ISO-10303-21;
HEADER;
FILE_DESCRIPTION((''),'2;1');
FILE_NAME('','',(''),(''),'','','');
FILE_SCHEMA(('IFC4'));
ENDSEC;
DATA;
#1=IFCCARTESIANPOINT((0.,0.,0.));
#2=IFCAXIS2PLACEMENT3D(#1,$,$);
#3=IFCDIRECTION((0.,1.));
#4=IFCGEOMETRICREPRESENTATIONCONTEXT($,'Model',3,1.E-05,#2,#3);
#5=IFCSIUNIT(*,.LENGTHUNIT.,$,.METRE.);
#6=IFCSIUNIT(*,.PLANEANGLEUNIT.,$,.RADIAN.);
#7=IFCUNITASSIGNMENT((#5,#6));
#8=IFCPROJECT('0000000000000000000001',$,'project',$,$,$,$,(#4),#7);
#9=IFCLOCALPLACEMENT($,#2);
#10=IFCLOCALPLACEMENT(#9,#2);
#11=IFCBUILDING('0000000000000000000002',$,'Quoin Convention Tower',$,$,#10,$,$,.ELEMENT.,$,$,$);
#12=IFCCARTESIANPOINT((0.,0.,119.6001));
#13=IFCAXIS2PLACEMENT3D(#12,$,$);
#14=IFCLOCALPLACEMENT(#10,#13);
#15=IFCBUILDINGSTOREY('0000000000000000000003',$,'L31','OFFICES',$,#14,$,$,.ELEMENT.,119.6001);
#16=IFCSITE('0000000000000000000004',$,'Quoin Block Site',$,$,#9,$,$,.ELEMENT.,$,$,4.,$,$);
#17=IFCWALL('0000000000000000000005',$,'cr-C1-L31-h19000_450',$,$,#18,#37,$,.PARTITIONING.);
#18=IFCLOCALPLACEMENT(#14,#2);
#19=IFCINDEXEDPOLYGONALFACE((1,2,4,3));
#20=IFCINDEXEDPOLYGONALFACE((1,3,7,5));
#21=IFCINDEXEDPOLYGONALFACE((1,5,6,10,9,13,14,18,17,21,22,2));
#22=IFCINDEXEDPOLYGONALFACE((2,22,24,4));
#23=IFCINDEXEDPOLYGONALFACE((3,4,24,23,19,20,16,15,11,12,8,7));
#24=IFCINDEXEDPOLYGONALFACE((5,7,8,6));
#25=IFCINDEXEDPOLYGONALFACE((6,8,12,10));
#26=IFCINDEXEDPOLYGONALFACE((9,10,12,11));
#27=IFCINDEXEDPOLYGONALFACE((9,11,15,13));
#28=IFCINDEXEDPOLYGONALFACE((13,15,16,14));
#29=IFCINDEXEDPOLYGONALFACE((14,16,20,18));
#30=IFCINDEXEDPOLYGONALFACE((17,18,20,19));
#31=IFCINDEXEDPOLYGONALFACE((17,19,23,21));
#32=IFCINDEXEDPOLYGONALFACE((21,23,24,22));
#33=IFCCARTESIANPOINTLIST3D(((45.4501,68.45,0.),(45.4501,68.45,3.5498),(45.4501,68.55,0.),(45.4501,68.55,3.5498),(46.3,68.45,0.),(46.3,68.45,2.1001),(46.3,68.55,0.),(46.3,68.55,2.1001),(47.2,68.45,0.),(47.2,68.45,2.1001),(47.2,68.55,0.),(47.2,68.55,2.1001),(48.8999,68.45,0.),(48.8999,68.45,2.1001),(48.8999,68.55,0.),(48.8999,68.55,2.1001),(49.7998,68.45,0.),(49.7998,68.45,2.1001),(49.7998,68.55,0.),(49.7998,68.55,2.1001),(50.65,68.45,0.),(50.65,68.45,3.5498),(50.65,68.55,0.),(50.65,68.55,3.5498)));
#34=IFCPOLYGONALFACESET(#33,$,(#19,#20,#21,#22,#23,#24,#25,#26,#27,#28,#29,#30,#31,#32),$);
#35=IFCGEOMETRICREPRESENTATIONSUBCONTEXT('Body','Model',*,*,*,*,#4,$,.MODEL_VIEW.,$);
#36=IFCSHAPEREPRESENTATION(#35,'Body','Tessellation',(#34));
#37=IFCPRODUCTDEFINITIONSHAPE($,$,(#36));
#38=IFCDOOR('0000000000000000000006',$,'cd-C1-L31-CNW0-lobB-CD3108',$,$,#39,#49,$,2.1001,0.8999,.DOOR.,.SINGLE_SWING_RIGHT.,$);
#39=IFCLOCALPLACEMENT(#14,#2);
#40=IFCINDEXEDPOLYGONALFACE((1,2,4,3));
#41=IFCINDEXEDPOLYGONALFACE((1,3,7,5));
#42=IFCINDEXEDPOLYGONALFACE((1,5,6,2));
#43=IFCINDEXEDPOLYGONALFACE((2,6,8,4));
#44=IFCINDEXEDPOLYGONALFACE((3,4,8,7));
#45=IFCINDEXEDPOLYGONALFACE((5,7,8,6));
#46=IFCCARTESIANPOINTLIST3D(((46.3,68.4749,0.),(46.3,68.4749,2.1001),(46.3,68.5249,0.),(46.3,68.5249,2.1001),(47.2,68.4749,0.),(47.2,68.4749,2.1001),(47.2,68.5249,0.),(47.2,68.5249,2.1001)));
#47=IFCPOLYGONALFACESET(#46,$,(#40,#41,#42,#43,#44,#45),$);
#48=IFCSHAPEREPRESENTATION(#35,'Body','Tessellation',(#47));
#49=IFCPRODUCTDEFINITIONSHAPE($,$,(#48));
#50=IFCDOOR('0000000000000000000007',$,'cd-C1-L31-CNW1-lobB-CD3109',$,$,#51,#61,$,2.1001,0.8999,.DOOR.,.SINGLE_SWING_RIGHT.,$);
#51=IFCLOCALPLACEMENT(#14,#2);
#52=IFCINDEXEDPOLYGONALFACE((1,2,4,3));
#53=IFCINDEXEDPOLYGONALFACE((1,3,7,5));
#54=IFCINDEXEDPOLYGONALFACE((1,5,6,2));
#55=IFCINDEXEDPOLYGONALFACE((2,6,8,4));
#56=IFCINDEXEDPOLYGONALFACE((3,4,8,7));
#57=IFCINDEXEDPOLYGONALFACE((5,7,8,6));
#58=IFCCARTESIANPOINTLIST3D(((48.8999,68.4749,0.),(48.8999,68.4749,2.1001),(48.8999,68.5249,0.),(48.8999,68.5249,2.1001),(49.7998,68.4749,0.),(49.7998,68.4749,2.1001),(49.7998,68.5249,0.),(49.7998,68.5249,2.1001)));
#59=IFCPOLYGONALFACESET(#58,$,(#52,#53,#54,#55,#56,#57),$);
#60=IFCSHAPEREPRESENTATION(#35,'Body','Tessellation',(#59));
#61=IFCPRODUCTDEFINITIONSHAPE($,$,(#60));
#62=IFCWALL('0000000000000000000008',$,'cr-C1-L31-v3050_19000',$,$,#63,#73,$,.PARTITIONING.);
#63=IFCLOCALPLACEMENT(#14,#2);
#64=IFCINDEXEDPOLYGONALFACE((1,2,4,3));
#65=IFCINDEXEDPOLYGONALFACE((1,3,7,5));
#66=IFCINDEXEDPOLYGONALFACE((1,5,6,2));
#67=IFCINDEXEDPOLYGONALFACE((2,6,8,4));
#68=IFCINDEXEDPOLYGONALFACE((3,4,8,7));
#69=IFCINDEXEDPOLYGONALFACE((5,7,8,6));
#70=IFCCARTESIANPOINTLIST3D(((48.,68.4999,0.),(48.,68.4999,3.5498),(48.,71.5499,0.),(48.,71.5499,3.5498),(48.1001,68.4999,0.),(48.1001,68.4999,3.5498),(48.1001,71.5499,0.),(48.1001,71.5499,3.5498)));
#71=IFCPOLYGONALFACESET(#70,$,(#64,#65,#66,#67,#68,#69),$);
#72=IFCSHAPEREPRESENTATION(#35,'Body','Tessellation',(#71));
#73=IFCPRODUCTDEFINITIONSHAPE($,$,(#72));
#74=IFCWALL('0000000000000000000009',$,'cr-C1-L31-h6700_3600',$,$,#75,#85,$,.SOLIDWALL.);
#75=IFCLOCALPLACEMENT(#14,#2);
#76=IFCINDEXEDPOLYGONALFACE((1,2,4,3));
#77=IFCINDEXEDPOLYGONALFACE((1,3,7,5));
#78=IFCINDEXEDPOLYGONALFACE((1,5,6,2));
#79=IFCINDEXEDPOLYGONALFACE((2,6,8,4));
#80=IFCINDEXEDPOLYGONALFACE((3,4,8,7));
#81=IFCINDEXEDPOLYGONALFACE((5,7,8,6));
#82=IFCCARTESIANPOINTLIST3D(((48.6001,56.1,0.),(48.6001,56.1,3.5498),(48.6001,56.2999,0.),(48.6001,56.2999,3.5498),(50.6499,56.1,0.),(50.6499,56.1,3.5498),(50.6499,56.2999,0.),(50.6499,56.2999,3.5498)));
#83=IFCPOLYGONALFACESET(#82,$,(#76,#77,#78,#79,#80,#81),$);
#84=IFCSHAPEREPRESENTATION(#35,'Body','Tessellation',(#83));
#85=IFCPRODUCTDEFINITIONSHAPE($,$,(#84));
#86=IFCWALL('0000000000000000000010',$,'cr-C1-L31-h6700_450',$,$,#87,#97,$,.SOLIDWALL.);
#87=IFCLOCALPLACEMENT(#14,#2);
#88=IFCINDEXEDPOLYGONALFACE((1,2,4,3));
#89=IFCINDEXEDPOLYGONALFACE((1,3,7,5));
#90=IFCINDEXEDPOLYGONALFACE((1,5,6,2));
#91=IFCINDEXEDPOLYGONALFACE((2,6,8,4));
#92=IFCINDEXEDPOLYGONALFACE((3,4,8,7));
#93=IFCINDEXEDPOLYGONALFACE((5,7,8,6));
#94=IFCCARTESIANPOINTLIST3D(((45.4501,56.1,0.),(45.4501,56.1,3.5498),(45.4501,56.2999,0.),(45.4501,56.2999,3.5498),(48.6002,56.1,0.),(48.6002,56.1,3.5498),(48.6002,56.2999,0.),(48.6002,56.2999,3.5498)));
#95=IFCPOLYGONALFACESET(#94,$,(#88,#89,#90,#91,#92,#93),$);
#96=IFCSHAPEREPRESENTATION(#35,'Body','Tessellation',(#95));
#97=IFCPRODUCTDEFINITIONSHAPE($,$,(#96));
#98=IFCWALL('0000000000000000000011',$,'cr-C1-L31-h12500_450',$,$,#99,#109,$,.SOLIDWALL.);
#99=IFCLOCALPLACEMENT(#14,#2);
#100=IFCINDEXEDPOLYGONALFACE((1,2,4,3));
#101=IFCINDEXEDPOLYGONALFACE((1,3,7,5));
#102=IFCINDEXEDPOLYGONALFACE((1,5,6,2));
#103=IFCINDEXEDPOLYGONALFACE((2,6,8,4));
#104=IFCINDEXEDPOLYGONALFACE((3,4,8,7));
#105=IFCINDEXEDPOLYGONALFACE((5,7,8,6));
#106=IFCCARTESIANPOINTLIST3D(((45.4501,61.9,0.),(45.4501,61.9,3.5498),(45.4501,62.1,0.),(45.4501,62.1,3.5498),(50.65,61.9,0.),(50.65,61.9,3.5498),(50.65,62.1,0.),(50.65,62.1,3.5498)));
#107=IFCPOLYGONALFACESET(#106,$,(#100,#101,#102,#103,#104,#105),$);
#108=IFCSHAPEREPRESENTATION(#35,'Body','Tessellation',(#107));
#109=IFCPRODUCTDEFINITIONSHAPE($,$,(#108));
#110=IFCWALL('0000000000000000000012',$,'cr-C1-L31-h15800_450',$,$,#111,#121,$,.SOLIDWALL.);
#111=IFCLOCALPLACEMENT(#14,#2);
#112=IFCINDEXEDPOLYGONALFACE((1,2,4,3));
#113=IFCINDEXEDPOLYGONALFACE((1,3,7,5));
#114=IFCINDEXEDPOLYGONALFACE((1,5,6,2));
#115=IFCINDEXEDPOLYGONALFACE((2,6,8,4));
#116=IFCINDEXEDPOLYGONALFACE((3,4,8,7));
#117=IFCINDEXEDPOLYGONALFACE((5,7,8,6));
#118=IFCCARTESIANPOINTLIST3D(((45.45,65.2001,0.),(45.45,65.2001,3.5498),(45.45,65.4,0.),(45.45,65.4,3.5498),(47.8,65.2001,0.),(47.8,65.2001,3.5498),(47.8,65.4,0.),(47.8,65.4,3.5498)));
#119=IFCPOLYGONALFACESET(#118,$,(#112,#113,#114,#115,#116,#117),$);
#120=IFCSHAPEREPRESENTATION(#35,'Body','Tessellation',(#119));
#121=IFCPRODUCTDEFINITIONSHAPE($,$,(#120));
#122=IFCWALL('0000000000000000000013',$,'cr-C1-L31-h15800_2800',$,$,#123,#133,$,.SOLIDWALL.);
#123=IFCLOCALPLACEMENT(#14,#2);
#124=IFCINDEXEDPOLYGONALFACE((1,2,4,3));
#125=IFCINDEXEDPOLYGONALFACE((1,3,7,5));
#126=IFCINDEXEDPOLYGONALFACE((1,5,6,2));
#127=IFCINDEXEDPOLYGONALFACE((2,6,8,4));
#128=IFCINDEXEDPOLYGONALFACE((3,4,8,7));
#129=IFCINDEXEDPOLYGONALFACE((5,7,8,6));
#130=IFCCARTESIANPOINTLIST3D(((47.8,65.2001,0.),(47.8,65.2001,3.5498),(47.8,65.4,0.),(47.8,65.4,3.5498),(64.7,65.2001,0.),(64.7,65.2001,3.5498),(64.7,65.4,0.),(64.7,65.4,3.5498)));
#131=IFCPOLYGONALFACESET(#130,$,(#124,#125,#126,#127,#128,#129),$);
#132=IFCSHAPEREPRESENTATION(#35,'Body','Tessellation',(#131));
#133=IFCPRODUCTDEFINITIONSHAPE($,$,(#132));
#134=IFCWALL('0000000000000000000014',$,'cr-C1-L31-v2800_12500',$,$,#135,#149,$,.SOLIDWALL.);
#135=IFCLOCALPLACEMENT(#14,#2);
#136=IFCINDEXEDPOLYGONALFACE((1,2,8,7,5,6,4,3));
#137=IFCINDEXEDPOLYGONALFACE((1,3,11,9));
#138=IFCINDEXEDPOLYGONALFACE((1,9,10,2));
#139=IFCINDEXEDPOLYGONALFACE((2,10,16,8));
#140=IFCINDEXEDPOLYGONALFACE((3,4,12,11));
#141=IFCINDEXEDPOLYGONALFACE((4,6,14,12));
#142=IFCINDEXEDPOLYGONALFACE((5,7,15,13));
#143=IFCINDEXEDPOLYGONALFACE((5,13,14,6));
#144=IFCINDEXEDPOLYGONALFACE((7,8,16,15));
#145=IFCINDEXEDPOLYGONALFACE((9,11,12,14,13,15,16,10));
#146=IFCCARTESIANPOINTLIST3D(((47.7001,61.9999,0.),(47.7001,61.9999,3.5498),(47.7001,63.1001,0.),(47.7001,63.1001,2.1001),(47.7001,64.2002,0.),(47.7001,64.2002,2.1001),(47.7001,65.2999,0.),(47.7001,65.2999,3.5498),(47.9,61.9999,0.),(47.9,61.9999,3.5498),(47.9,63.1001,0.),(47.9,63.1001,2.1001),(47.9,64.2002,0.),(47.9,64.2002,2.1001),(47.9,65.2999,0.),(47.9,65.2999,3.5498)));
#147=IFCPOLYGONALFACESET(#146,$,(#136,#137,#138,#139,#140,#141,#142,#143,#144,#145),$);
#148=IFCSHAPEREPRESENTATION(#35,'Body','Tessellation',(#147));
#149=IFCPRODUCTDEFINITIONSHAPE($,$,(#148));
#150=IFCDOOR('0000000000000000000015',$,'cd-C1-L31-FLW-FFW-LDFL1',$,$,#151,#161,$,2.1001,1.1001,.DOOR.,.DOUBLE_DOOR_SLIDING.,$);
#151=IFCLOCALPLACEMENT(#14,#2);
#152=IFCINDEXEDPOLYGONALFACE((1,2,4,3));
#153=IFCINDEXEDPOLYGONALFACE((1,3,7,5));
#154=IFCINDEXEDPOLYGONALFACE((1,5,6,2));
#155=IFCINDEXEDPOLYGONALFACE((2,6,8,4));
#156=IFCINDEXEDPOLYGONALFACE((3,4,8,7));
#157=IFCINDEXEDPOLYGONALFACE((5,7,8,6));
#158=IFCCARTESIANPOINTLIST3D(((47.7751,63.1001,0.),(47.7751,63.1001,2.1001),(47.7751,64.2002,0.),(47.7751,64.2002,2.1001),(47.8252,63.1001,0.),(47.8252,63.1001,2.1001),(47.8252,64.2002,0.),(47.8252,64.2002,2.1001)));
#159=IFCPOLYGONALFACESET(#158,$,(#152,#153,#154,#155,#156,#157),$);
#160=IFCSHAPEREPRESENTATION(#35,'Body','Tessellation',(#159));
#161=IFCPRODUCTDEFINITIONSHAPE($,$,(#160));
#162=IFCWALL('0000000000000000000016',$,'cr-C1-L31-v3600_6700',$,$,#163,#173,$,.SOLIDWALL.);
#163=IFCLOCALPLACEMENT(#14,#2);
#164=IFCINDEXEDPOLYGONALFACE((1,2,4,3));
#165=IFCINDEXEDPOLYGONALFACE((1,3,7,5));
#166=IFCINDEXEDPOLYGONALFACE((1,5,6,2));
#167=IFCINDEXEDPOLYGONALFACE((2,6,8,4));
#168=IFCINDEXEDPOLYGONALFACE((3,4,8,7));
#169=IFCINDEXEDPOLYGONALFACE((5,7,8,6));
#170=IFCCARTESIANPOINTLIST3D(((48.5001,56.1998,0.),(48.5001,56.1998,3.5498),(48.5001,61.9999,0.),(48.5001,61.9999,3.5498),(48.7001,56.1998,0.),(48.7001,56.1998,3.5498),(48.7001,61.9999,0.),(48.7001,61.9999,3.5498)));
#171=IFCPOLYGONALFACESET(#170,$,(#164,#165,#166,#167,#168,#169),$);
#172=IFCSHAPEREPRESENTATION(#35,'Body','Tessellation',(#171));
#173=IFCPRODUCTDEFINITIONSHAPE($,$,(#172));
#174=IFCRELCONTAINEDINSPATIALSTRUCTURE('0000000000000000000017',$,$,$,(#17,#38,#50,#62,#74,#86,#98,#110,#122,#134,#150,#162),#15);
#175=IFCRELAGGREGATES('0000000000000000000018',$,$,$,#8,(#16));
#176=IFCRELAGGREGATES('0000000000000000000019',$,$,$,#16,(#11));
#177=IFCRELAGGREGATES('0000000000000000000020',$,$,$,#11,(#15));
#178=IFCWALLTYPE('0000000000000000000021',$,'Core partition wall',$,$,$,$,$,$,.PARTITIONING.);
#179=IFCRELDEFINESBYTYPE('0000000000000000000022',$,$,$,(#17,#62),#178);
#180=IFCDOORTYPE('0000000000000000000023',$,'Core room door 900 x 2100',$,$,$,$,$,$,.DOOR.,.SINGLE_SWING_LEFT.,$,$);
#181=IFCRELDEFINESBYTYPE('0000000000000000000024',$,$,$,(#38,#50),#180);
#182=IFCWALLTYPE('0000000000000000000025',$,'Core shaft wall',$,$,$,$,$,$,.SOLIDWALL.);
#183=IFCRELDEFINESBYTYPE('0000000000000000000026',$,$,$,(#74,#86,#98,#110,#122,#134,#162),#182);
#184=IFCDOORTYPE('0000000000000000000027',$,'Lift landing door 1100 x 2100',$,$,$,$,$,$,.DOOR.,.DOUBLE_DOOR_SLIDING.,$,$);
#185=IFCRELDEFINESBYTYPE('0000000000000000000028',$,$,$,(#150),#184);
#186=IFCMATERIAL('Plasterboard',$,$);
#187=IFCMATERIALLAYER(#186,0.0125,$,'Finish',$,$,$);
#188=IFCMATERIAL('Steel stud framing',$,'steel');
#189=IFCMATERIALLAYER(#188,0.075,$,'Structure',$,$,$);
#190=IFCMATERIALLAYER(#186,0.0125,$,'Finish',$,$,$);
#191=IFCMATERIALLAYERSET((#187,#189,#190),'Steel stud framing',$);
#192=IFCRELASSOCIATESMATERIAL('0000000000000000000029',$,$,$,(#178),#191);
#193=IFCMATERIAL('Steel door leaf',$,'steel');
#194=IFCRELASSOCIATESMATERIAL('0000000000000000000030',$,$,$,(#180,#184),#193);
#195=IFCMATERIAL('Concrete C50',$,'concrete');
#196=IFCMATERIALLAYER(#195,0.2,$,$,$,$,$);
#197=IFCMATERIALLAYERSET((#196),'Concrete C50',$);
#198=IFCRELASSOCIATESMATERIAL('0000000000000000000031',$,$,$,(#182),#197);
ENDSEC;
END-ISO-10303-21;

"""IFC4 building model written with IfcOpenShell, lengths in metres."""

from ifc_helpers import new_model, si_unit, direction, frame, frame_2d, origin, place, context, subcontext, project, spatial, rectangle, extrude, material, layer, layer_set, type_object, element, fill, save


model = new_model("IFC4")

# Units and contexts
model_context = context("Model", 3, precision=1e-05, world=origin(), true_north=direction((0.0, 1.0)))
body_context = subcontext(model_context, "Body", "Model", "MODEL_VIEW")
ifc_project = project(units=[si_unit("LENGTHUNIT", "METRE"), si_unit("PLANEANGLEUNIT", "RADIAN")], contexts=[model_context])

# Site, building, storey
site_placement = place(None, origin())
site = spatial("IfcSite", under=ifc_project, at=site_placement, Name="Quoin Block Site", CompositionType="ELEMENT", RefElevation=4.0)
building_placement = place(site_placement, origin())
building = spatial("IfcBuilding", under=site, at=building_placement, Name="Quoin Convention Tower", CompositionType="ELEMENT")
storey_placement = place(building_placement, frame((0.0, 0.0, 119.6001)))
storey = spatial("IfcBuildingStorey", under=building, at=storey_placement, Name="L31", Description="OFFICES", CompositionType="ELEMENT", Elevation=119.6001)

# Shared definitions
ifc_material_1 = material(Name="Plasterboard")
ifc_material_2 = material(Name="Steel stud framing", Category="steel")

# Wall, openings, doors
ifc_layer_1 = layer(ifc_material_1, 0.0125, Name="Finish")
ifc_layer_2 = layer(ifc_material_2, 0.075, Name="Structure")
ifc_layer_3 = layer(ifc_material_1, 0.0125, Name="Finish")
ifc_layer_set_1 = layer_set([ifc_layer_1, ifc_layer_2, ifc_layer_3], Name="Steel stud framing")
wall_type_1 = type_object("IfcWallType", Name="Core partition wall", PredefinedType="PARTITIONING", material=ifc_layer_set_1)
ifc_material_3 = material(Name="Steel door leaf", Category="steel")
door_type_1 = type_object("IfcDoorType", Name="Core room door 900 x 2100", OperationType="SINGLE_SWING_LEFT", PredefinedType="DOOR", material=ifc_material_3)
wall_1_placement = place(storey_placement, frame((45.45, 68.5, 0.0), z_axis=(0.0, 0.0, 1.0), x_axis=(1.0, 0.0, 0.0)))
wall_1 = element("IfcWall", 1, at=wall_1_placement, inside=storey, type_object=wall_type_1, Name="cr-C1-L31-h19000_450", PredefinedType="PARTITIONING", context=body_context, shape_type="SweptSolid", body=[
    extrude(rectangle(XDim=5.2, YDim=0.1001, at=frame_2d((2.6001, 0.0))), origin(), (0.0, 0.0, 1.0), 3.5498),
])
opening_1_placement = place(wall_1_placement, frame((0.8501, 0.0, 0.0)))
opening_1 = element("IfcOpeningElement", 2, at=opening_1_placement, cuts=wall_1, PredefinedType="OPENING", context=body_context, shape_type="SweptSolid", body=[
    extrude(rectangle(XDim=0.8999, YDim=2.1001, at=frame_2d((0.45, 1.05))), frame((0.0, 0.0601, 0.0), z_axis=(0.0, -1.0, 0.0), x_axis=(1.0, 0.0, 0.0)), (0.0, 0.0, 1.0), 0.1201),
])
opening_2_placement = place(wall_1_placement, frame((3.45, 0.0, 0.0)))
opening_2 = element("IfcOpeningElement", 3, at=opening_2_placement, cuts=wall_1, PredefinedType="OPENING", context=body_context, shape_type="SweptSolid", body=[
    extrude(rectangle(XDim=0.8999, YDim=2.1001, at=frame_2d((0.45, 1.05))), frame((0.0, 0.0601, 0.0), z_axis=(0.0, -1.0, 0.0), x_axis=(1.0, 0.0, 0.0)), (0.0, 0.0, 1.0), 0.1201),
])
door_1_placement = place(opening_1_placement, origin())
door_1 = element("IfcDoor", 4, at=door_1_placement, inside=storey, type_object=door_type_1, Name="cd-C1-L31-CNW0-lobB-CD3108", OperationType="SINGLE_SWING_RIGHT", OverallHeight=2.1001, OverallWidth=0.8999, PredefinedType="DOOR", context=body_context, shape_type="SweptSolid", body=[
    extrude(rectangle(XDim=0.8999, YDim=2.1001, at=frame_2d((0.45, 1.05))), frame((0.0, 0.0249, 0.0), z_axis=(0.0, -1.0, 0.0), x_axis=(1.0, 0.0, 0.0)), (0.0, 0.0, 1.0), 0.05),
])
fill(opening_1, door_1)
door_2_placement = place(opening_2_placement, origin())
door_2 = element("IfcDoor", 5, at=door_2_placement, inside=storey, type_object=door_type_1, Name="cd-C1-L31-CNW1-lobB-CD3109", OperationType="SINGLE_SWING_RIGHT", OverallHeight=2.1001, OverallWidth=0.8999, PredefinedType="DOOR", context=body_context, shape_type="SweptSolid", body=[
    extrude(rectangle(XDim=0.8999, YDim=2.1001, at=frame_2d((0.45, 1.05))), frame((0.0, 0.0249, 0.0), z_axis=(0.0, -1.0, 0.0), x_axis=(1.0, 0.0, 0.0)), (0.0, 0.0, 1.0), 0.05),
])
fill(opening_2, door_2)

# Walls
wall_2_placement = place(storey_placement, frame((48.05, 68.5, 0.0), z_axis=(0.0, 0.0, 1.0), x_axis=(0.0, 1.0, 0.0)))
element("IfcWall", 6, at=wall_2_placement, inside=storey, type_object=wall_type_1, Name="cr-C1-L31-v3050_19000", PredefinedType="PARTITIONING", context=body_context, shape_type="SweptSolid", body=[
    extrude(rectangle(XDim=3.05, YDim=0.1001, at=frame_2d((1.5249, 0.0))), origin(), (0.0, 0.0, 1.0), 3.5498),
])
ifc_material_4 = material(Name="Concrete C50", Category="concrete")
ifc_layer_4 = layer(ifc_material_4, 0.2)
ifc_layer_set_2 = layer_set([ifc_layer_4], Name="Concrete C50")
wall_type_2 = type_object("IfcWallType", Name="Core shaft wall", PredefinedType="SOLIDWALL", material=ifc_layer_set_2)
wall_3_placement = place(storey_placement, frame((48.6001, 56.2, 0.0), z_axis=(0.0, 0.0, 1.0), x_axis=(1.0, 0.0, 0.0)))
element("IfcWall", 7, at=wall_3_placement, inside=storey, type_object=wall_type_2, Name="cr-C1-L31-h6700_3600", PredefinedType="SOLIDWALL", context=body_context, shape_type="SweptSolid", body=[
    extrude(rectangle(XDim=2.0498, YDim=0.2, at=frame_2d((1.0249, 0.0))), origin(), (0.0, 0.0, 1.0), 3.5498),
])
wall_4_placement = place(storey_placement, frame((45.45, 56.2, 0.0), z_axis=(0.0, 0.0, 1.0), x_axis=(1.0, 0.0, 0.0)))
element("IfcWall", 8, at=wall_4_placement, inside=storey, type_object=wall_type_2, Name="cr-C1-L31-h6700_450", PredefinedType="SOLIDWALL", context=body_context, shape_type="SweptSolid", body=[
    extrude(rectangle(XDim=3.1501, YDim=0.2, at=frame_2d((1.5752, 0.0))), origin(), (0.0, 0.0, 1.0), 3.5498),
])
wall_5_placement = place(storey_placement, frame((45.45, 62.0, 0.0), z_axis=(0.0, 0.0, 1.0), x_axis=(1.0, 0.0, 0.0)))
element("IfcWall", 9, at=wall_5_placement, inside=storey, type_object=wall_type_2, Name="cr-C1-L31-h12500_450", PredefinedType="SOLIDWALL", context=body_context, shape_type="SweptSolid", body=[
    extrude(rectangle(XDim=5.2, YDim=0.2, at=frame_2d((2.6001, 0.0))), origin(), (0.0, 0.0, 1.0), 3.5498),
])
wall_6_placement = place(storey_placement, frame((45.45, 65.3, 0.0), z_axis=(0.0, 0.0, 1.0), x_axis=(1.0, 0.0, 0.0)))
element("IfcWall", 10, at=wall_6_placement, inside=storey, type_object=wall_type_2, Name="cr-C1-L31-h15800_450", PredefinedType="SOLIDWALL", context=body_context, shape_type="SweptSolid", body=[
    extrude(rectangle(XDim=2.3501, YDim=0.2, at=frame_2d((1.175, 0.0))), origin(), (0.0, 0.0, 1.0), 3.5498),
])
wall_7_placement = place(storey_placement, frame((47.8, 65.3, 0.0), z_axis=(0.0, 0.0, 1.0), x_axis=(1.0, 0.0, 0.0)))
element("IfcWall", 11, at=wall_7_placement, inside=storey, type_object=wall_type_2, Name="cr-C1-L31-h15800_2800", PredefinedType="SOLIDWALL", context=body_context, shape_type="SweptSolid", body=[
    extrude(rectangle(XDim=16.8999, YDim=0.2, at=frame_2d((8.45, 0.0))), origin(), (0.0, 0.0, 1.0), 3.5498),
])

# Wall, opening, door
wall_8_placement = place(storey_placement, frame((47.8, 62.0, 0.0), z_axis=(0.0, 0.0, 1.0), x_axis=(0.0, 1.0, 0.0)))
wall_8 = element("IfcWall", 12, at=wall_8_placement, inside=storey, type_object=wall_type_2, Name="cr-C1-L31-v2800_12500", PredefinedType="SOLIDWALL", context=body_context, shape_type="SweptSolid", body=[
    extrude(rectangle(XDim=3.3, YDim=0.2, at=frame_2d((1.6499, 0.0))), origin(), (0.0, 0.0, 1.0), 3.5498),
])
opening_3_placement = place(wall_8_placement, frame((1.1001, 0.0, 0.0)))
opening_3 = element("IfcOpeningElement", 13, at=opening_3_placement, cuts=wall_8, PredefinedType="OPENING", context=body_context, shape_type="SweptSolid", body=[
    extrude(rectangle(XDim=1.1001, YDim=2.1001, at=frame_2d((0.55, 1.05))), frame((0.0, 0.1099, 0.0), z_axis=(0.0, -1.0, 0.0), x_axis=(1.0, 0.0, 0.0)), (0.0, 0.0, 1.0), 0.22),
])
door_type_2 = type_object("IfcDoorType", Name="Lift landing door 1100 x 2100", OperationType="DOUBLE_DOOR_SLIDING", PredefinedType="DOOR", material=ifc_material_3)
door_3_placement = place(opening_3_placement, origin())
door_3 = element("IfcDoor", 14, at=door_3_placement, inside=storey, type_object=door_type_2, Name="cd-C1-L31-FLW-FFW-LDFL1", OperationType="DOUBLE_DOOR_SLIDING", OverallHeight=2.1001, OverallWidth=1.1001, PredefinedType="DOOR", context=body_context, shape_type="SweptSolid", body=[
    extrude(rectangle(XDim=1.1001, YDim=2.1001, at=frame_2d((0.55, 1.05))), frame((0.0, 0.0249, 0.0), z_axis=(0.0, -1.0, 0.0), x_axis=(1.0, 0.0, 0.0)), (0.0, 0.0, 1.0), 0.05),
])
fill(opening_3, door_3)

# Wall
wall_9_placement = place(storey_placement, frame((48.6001, 56.2, 0.0), z_axis=(0.0, 0.0, 1.0), x_axis=(0.0, 1.0, 0.0)))
element("IfcWall", 15, at=wall_9_placement, inside=storey, type_object=wall_type_2, Name="cr-C1-L31-v3600_6700", PredefinedType="SOLIDWALL", context=body_context, shape_type="SweptSolid", body=[
    extrude(rectangle(XDim=5.8, YDim=0.2, at=frame_2d((2.8999, 0.0))), origin(), (0.0, 0.0, 1.0), 3.5498),
])

save(model, "model.ifc")
